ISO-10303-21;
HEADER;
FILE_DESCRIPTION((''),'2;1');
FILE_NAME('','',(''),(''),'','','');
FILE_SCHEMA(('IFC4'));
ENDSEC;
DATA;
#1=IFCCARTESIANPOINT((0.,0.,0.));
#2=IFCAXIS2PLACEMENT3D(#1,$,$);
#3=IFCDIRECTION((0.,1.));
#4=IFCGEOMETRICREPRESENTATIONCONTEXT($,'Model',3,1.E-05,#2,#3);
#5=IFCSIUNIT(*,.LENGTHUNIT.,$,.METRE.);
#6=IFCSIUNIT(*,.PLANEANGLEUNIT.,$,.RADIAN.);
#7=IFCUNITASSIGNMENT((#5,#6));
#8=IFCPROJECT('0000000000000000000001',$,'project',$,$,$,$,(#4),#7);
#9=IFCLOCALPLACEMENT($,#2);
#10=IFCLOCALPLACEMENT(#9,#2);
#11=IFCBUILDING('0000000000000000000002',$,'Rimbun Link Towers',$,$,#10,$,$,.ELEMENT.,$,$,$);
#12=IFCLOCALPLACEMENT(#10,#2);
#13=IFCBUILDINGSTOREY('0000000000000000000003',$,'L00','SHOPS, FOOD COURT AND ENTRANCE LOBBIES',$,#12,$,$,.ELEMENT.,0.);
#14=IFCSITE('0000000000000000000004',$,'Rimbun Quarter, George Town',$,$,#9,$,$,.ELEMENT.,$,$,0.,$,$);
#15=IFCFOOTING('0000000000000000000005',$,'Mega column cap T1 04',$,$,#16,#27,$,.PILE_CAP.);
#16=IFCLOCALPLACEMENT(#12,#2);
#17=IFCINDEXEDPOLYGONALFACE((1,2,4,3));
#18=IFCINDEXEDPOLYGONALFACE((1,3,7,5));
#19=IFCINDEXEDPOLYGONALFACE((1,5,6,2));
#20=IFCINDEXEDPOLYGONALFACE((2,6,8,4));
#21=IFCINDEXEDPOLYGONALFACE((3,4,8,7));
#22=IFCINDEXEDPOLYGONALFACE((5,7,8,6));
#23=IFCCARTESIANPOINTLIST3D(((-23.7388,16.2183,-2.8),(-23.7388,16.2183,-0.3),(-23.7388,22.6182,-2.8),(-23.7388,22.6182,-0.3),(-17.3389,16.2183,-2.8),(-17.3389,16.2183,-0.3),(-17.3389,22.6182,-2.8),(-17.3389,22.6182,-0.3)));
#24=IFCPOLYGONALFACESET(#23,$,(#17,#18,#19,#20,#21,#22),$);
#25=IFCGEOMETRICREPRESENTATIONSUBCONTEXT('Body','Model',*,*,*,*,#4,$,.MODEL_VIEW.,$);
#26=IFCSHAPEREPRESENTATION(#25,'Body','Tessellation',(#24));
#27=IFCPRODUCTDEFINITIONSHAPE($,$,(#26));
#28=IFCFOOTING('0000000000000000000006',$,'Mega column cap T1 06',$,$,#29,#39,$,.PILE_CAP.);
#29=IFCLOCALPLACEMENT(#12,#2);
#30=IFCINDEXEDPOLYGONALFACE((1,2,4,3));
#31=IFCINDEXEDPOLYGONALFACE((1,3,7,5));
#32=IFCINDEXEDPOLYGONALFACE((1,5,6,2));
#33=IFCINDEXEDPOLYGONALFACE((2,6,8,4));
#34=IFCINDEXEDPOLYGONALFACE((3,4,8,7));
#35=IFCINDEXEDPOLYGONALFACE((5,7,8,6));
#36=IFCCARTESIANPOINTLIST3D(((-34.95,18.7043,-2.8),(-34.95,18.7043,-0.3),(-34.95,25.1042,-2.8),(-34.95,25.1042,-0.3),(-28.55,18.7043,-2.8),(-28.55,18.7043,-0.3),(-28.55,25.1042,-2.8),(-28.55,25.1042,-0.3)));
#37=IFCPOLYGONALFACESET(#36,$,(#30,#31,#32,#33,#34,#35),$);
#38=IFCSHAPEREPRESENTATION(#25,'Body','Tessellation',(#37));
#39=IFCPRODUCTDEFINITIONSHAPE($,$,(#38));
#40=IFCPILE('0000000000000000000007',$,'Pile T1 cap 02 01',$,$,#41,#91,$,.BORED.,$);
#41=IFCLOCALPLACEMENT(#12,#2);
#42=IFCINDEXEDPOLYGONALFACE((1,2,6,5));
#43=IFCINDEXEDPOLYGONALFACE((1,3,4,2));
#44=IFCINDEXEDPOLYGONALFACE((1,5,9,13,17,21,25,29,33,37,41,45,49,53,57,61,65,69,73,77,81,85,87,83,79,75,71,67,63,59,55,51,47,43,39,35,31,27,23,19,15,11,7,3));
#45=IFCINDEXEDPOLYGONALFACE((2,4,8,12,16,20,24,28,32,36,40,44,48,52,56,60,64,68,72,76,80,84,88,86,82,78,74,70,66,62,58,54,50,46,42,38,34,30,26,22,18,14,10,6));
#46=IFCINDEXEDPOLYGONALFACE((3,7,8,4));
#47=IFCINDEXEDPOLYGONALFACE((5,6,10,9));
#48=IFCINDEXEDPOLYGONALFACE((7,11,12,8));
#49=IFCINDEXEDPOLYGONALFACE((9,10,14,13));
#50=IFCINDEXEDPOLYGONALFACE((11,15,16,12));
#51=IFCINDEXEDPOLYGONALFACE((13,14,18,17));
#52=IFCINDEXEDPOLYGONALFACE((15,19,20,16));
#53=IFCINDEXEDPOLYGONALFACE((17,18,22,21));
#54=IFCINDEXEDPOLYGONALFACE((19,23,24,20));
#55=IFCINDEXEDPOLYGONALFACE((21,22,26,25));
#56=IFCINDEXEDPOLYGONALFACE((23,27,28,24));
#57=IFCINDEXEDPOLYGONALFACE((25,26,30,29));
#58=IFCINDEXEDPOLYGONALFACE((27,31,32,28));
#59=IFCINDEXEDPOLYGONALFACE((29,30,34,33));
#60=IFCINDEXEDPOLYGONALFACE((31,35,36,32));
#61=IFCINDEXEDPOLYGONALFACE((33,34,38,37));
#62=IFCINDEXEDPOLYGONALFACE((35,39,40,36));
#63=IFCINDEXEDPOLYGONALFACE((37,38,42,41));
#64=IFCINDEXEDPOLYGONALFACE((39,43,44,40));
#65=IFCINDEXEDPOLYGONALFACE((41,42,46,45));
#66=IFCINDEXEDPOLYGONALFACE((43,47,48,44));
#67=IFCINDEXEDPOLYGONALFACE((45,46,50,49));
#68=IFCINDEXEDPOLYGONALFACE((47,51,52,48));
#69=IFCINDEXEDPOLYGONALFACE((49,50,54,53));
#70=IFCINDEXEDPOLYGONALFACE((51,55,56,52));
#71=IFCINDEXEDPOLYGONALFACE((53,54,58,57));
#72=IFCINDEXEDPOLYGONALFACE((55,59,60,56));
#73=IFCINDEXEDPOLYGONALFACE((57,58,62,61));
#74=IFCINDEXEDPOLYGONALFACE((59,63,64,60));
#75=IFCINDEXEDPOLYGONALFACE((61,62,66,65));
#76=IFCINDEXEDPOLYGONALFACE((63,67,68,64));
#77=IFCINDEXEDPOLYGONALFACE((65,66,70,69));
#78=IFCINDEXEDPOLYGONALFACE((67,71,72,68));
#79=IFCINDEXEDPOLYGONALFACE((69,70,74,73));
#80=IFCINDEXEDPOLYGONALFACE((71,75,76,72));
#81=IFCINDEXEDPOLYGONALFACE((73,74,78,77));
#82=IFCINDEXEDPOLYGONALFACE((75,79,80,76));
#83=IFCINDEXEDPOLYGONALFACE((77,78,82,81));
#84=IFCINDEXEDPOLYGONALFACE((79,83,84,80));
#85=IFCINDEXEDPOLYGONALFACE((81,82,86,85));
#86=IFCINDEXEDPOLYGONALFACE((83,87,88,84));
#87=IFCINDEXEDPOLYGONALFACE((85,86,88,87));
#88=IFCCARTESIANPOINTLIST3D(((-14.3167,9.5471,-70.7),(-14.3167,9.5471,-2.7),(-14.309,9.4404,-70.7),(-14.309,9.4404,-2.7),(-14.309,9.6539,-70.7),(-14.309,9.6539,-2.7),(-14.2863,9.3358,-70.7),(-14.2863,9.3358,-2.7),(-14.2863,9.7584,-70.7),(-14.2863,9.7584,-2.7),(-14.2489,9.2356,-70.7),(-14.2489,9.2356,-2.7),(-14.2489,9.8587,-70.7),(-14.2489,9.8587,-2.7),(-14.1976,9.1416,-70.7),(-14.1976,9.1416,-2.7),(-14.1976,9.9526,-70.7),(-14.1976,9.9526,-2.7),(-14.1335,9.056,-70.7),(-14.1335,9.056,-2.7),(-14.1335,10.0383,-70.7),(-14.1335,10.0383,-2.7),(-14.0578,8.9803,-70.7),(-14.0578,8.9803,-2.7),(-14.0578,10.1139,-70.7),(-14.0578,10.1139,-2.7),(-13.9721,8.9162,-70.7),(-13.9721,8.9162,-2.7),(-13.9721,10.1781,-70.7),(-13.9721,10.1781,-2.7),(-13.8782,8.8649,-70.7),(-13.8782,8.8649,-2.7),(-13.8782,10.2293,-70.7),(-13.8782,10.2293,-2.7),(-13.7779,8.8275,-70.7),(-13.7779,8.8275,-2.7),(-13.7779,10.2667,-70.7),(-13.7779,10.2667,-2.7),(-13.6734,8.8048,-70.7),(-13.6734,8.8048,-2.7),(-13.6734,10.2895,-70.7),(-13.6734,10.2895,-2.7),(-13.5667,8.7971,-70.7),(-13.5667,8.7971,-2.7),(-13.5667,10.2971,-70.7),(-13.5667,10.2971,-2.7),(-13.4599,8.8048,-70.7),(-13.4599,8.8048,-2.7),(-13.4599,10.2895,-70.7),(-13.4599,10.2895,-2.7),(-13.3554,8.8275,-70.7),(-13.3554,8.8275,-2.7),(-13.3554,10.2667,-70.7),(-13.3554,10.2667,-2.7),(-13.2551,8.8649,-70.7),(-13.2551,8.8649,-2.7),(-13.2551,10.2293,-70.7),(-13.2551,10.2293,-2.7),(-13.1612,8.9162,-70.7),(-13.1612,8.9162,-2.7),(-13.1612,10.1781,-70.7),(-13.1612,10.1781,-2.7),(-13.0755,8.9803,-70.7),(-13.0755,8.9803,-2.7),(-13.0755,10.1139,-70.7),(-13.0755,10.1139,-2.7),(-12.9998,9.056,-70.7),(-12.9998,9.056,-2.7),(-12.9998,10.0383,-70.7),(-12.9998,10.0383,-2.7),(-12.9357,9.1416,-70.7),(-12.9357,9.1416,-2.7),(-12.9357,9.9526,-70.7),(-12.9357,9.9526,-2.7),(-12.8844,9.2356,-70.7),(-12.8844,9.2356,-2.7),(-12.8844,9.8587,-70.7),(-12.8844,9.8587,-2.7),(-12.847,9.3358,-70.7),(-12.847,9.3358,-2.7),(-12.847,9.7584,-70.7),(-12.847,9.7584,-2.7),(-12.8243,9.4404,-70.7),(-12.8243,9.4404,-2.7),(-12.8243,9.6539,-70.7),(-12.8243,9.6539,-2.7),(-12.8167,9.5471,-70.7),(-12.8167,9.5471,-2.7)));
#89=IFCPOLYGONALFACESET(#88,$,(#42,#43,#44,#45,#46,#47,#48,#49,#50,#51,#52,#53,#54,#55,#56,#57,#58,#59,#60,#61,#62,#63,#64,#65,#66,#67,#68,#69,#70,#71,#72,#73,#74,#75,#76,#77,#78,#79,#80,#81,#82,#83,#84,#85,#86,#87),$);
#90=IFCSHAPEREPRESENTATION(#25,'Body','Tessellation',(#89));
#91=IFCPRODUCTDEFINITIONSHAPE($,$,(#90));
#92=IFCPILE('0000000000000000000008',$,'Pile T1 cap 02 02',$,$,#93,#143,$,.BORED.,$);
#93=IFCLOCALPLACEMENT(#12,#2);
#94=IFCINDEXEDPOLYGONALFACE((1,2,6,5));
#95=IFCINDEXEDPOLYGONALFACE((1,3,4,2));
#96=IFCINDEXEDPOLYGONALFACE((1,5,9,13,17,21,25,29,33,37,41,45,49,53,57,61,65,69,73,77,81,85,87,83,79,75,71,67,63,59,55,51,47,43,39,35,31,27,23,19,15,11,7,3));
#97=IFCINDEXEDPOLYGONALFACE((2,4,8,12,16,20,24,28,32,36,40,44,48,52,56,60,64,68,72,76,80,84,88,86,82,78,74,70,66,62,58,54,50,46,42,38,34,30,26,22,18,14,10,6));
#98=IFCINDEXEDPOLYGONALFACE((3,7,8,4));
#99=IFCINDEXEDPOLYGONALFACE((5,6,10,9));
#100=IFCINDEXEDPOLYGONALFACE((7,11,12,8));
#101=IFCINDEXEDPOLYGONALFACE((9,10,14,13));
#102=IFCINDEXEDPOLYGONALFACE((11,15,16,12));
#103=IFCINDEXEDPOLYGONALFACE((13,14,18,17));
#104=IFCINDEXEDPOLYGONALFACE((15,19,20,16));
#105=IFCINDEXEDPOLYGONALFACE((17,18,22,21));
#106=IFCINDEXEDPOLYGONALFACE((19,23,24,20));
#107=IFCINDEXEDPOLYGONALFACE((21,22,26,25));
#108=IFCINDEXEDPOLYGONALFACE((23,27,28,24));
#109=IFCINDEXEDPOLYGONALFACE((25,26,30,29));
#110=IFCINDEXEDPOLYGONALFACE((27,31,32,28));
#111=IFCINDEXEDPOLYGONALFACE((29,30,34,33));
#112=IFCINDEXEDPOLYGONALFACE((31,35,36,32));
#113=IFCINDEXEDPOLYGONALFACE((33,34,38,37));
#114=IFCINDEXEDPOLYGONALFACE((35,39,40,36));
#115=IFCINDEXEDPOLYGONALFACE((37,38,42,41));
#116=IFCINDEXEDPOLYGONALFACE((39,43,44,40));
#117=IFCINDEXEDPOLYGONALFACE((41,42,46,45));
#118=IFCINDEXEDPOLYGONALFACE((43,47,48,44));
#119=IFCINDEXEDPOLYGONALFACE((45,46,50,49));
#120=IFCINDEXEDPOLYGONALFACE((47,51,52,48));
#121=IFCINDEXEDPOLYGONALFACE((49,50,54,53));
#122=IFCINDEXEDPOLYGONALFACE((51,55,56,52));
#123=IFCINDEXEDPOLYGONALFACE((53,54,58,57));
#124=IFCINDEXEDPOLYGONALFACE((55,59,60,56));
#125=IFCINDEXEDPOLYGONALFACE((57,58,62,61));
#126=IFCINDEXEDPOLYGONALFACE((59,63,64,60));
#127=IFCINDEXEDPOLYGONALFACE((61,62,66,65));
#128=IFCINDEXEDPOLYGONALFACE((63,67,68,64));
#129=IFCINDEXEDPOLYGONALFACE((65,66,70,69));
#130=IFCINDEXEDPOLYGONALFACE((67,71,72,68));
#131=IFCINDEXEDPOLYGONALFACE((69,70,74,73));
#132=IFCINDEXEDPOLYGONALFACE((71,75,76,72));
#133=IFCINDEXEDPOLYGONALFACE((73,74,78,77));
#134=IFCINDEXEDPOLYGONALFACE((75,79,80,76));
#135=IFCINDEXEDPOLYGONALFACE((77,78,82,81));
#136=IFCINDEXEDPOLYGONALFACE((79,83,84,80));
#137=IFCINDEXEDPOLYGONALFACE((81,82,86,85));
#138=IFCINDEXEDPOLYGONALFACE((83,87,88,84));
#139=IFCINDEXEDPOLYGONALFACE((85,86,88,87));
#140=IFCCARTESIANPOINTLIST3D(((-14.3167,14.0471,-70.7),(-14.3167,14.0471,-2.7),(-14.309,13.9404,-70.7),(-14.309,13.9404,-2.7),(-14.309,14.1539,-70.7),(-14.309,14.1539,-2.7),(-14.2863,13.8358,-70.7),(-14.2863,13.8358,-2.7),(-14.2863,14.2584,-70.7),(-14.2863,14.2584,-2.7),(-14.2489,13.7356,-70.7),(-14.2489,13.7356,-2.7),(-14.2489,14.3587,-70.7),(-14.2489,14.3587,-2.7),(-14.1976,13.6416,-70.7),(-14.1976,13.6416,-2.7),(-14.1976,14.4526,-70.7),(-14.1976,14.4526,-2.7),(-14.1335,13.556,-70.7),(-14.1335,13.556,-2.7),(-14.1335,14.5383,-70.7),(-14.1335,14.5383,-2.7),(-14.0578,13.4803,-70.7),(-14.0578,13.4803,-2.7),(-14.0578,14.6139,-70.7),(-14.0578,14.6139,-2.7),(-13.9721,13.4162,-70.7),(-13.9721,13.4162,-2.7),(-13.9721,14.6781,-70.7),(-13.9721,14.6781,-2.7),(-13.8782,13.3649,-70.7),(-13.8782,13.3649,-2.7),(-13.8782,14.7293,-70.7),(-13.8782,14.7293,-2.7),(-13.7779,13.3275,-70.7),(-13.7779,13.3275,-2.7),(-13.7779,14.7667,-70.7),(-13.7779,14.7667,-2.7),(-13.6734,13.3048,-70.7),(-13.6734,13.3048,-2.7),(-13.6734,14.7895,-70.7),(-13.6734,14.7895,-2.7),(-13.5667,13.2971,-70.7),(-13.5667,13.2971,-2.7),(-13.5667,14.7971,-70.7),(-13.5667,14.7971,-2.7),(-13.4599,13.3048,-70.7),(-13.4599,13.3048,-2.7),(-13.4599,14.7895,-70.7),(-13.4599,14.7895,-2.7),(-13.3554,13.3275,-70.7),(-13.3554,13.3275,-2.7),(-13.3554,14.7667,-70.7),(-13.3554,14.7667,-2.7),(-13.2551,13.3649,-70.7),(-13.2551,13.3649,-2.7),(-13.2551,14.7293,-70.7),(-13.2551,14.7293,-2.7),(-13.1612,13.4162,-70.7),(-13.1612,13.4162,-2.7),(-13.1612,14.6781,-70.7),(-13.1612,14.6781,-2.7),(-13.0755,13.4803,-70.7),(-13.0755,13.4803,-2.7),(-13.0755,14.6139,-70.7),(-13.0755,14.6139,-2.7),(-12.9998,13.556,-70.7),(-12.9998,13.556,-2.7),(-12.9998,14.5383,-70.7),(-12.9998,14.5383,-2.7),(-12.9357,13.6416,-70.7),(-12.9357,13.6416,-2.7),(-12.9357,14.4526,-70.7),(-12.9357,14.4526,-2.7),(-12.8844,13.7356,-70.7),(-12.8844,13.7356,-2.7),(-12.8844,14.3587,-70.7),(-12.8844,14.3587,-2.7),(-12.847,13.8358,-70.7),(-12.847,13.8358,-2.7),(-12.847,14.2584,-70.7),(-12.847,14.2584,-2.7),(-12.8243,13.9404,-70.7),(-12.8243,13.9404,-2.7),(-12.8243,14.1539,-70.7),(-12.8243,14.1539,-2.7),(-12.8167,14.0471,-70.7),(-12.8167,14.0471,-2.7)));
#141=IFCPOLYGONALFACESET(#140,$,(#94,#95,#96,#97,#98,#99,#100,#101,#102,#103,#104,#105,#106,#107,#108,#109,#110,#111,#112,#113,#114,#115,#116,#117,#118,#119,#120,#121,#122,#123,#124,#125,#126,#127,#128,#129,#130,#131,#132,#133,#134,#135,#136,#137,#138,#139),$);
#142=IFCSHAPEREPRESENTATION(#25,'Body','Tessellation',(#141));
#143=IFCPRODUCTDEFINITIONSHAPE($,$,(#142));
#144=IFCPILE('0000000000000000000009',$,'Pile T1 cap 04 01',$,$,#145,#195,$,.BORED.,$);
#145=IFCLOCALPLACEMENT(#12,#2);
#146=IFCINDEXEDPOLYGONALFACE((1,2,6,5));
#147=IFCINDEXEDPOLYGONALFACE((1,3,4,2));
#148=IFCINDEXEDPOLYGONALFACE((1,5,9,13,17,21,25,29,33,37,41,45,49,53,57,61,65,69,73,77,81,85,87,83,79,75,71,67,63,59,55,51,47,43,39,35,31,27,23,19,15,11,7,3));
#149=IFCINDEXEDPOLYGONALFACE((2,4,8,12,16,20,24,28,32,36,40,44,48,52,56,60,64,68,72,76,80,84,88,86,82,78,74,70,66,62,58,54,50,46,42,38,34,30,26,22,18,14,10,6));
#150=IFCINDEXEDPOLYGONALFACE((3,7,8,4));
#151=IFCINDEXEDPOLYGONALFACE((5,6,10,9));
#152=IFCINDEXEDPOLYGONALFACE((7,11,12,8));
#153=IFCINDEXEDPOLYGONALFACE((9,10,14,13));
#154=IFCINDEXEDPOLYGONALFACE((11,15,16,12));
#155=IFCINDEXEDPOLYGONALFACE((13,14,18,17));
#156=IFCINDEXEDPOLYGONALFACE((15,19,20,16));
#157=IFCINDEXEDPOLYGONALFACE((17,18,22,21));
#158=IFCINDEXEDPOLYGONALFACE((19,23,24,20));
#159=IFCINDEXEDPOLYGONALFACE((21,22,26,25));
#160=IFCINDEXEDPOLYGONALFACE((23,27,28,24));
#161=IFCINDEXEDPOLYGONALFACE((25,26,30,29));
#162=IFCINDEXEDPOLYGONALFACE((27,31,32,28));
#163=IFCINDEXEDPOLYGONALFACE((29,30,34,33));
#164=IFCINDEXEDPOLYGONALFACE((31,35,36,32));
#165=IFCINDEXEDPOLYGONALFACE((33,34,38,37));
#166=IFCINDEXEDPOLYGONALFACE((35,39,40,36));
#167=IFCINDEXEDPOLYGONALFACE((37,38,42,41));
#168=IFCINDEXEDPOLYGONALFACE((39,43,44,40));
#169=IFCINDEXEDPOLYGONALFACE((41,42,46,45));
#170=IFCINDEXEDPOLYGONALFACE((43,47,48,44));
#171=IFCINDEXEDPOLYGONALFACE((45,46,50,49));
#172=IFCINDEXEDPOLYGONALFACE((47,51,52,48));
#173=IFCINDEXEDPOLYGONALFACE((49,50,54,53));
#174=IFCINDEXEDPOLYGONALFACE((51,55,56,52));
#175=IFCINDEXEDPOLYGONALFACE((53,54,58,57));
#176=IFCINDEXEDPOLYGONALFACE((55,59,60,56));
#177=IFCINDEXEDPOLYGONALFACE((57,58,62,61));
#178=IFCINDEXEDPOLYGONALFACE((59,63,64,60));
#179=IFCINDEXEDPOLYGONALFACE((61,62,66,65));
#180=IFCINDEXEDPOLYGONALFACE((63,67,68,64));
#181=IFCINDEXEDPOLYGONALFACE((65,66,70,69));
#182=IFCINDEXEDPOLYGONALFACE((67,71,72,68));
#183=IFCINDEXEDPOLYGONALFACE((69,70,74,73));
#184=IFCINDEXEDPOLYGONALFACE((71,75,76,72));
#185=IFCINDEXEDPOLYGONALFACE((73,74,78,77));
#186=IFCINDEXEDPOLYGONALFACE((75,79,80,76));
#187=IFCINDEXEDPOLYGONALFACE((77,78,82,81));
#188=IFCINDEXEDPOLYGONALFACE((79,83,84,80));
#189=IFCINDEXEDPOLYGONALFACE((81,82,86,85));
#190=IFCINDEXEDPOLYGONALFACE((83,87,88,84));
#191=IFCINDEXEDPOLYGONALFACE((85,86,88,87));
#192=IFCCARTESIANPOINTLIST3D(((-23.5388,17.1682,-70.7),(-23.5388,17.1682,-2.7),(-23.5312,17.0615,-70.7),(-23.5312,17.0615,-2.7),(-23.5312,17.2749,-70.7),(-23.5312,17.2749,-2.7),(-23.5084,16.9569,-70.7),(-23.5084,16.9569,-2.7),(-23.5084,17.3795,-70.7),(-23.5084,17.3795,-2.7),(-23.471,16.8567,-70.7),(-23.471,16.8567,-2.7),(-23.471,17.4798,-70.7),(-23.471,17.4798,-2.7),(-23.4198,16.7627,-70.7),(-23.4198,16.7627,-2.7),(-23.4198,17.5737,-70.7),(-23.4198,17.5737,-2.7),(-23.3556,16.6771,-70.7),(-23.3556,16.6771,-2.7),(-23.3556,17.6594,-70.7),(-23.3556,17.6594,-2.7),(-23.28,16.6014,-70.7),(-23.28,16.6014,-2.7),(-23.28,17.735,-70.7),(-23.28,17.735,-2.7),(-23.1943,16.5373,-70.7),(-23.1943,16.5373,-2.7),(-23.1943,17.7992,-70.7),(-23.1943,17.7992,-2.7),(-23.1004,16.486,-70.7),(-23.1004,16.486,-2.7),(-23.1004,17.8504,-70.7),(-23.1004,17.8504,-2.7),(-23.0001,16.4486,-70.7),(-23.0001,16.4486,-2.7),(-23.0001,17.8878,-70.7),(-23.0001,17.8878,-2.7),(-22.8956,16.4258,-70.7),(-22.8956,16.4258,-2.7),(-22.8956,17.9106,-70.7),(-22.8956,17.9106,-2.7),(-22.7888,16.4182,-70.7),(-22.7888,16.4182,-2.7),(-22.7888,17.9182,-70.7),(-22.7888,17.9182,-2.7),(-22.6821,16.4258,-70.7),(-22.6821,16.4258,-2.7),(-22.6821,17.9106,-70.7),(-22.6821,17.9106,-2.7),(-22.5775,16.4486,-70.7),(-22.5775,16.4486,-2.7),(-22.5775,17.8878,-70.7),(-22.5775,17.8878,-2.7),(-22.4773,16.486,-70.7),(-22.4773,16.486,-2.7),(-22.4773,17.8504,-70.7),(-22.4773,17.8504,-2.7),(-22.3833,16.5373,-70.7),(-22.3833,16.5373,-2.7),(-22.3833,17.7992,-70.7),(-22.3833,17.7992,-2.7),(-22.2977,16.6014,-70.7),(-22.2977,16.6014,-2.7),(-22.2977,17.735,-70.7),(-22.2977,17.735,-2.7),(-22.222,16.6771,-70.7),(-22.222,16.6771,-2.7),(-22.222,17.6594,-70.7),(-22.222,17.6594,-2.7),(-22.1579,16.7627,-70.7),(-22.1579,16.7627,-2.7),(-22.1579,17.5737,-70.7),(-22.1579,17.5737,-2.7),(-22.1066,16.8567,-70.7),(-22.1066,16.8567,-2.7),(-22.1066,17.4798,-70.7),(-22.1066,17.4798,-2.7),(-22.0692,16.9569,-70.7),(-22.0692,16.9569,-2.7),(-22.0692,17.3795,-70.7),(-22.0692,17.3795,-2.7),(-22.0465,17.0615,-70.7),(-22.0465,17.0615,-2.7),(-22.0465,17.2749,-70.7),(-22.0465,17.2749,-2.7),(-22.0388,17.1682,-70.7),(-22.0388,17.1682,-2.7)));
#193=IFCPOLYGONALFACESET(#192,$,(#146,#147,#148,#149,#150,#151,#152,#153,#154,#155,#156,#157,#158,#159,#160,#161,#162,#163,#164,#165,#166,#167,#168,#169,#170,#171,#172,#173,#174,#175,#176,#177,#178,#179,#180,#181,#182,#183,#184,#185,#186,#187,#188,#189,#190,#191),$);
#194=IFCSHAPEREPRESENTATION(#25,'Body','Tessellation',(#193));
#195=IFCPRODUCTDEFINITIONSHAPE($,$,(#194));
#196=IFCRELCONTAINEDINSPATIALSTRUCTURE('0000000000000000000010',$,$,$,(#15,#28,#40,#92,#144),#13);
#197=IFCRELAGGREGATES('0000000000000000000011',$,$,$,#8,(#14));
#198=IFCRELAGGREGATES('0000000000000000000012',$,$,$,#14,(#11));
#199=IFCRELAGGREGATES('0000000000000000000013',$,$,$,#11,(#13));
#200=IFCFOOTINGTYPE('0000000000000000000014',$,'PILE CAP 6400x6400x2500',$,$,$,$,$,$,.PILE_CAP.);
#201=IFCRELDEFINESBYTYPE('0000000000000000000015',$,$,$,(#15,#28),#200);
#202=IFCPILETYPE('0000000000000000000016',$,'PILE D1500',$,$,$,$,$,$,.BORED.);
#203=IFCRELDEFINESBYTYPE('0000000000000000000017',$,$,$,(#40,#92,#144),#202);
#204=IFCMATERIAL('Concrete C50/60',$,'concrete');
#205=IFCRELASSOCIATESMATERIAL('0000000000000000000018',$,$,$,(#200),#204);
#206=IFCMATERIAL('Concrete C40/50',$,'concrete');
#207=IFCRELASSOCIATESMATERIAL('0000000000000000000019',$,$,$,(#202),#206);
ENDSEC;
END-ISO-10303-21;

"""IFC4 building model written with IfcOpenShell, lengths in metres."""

from ifc_helpers import new_model, si_unit, direction, frame, origin, origin_2d, place, context, subcontext, project, spatial, rectangle, circle, extrude, material, material_profile, profile_set, type_object, element, save


model = new_model("IFC4")

# Units and contexts
model_context = context("Model", 3, precision=1e-05, world=origin(), true_north=direction((0.0, 1.0)))
body_context = subcontext(model_context, "Body", "Model", "MODEL_VIEW")
ifc_project = project(units=[si_unit("LENGTHUNIT", "METRE"), si_unit("PLANEANGLEUNIT", "RADIAN")], contexts=[model_context])

# Site, building, storey
site_placement = place(None, origin())
site = spatial("IfcSite", under=ifc_project, at=site_placement, Name="Rimbun Quarter, George Town", CompositionType="ELEMENT", RefElevation=0.0)
building_placement = place(site_placement, origin())
building = spatial("IfcBuilding", under=site, at=building_placement, Name="Rimbun Link Towers", CompositionType="ELEMENT")
storey_placement = place(building_placement, origin())
storey = spatial("IfcBuildingStorey", under=building, at=storey_placement, Name="L00", Description="SHOPS, FOOD COURT AND ENTRANCE LOBBIES", CompositionType="ELEMENT", Elevation=0.0)

# Footings
ifc_material_1 = material(Name="Concrete C50/60", Category="concrete")
footing_type = type_object("IfcFootingType", Name="PILE CAP 6400x6400x2500", PredefinedType="PILE_CAP", material=ifc_material_1)
for number, where, z_axis, x_axis, name in (
    (1, (-20.5388, 19.4182, -2.8), (0.0, 0.0, 1.0), (1.0, 0.0, 0.0), "Mega column cap T1 04"),
    (2, (-31.75, 21.9043, -2.8), (0.0, 0.0, 1.0), (1.0, 0.0, 0.0), "Mega column cap T1 06"),
):
    element("IfcFooting", number, at=place(storey_placement, frame(where, z_axis=z_axis, x_axis=x_axis)), inside=storey, type_object=footing_type, Name=name, PredefinedType="PILE_CAP", context=body_context, shape_type="SweptSolid", body=[
        extrude(rectangle(XDim=6.3999, YDim=6.3999, at=origin_2d()), origin(), (0.0, 0.0, 1.0), 2.5),
    ])

# Piles
ifc_material_2 = material(Name="Concrete C40/50", Category="concrete")
ifc_material_profile_1 = material_profile(ifc_material_2, circle(Radius=0.75, at=origin_2d()), Name="PILE D1500")
ifc_profile_set_1 = profile_set([ifc_material_profile_1], Name="Concrete C40/50")
pile_type_1 = type_object("IfcPileType", Name="PILE D1500", PredefinedType="BORED", material=ifc_profile_set_1)
for number, where, z_axis, x_axis, name in (
    (3, (-13.5667, 9.5471, -2.7), (0.0, 0.0, -1.0), (1.0, 0.0, 0.0), "Pile T1 cap 02 01"),
    (4, (-13.5667, 14.0471, -2.7), (0.0, 0.0, -1.0), (1.0, 0.0, 0.0), "Pile T1 cap 02 02"),
    (5, (-22.7888, 17.1682, -2.7), (0.0, 0.0, -1.0), (1.0, 0.0, 0.0), "Pile T1 cap 04 01"),
):
    element("IfcPile", number, at=place(storey_placement, frame(where, z_axis=z_axis, x_axis=x_axis)), inside=storey, type_object=pile_type_1, Name=name, PredefinedType="BORED", context=body_context, shape_type="SweptSolid", body=[
        extrude(circle(Radius=0.75, at=origin_2d()), origin(), (0.0, 0.0, 1.0), 68.0),
    ])

save(model, "model.ifc")
